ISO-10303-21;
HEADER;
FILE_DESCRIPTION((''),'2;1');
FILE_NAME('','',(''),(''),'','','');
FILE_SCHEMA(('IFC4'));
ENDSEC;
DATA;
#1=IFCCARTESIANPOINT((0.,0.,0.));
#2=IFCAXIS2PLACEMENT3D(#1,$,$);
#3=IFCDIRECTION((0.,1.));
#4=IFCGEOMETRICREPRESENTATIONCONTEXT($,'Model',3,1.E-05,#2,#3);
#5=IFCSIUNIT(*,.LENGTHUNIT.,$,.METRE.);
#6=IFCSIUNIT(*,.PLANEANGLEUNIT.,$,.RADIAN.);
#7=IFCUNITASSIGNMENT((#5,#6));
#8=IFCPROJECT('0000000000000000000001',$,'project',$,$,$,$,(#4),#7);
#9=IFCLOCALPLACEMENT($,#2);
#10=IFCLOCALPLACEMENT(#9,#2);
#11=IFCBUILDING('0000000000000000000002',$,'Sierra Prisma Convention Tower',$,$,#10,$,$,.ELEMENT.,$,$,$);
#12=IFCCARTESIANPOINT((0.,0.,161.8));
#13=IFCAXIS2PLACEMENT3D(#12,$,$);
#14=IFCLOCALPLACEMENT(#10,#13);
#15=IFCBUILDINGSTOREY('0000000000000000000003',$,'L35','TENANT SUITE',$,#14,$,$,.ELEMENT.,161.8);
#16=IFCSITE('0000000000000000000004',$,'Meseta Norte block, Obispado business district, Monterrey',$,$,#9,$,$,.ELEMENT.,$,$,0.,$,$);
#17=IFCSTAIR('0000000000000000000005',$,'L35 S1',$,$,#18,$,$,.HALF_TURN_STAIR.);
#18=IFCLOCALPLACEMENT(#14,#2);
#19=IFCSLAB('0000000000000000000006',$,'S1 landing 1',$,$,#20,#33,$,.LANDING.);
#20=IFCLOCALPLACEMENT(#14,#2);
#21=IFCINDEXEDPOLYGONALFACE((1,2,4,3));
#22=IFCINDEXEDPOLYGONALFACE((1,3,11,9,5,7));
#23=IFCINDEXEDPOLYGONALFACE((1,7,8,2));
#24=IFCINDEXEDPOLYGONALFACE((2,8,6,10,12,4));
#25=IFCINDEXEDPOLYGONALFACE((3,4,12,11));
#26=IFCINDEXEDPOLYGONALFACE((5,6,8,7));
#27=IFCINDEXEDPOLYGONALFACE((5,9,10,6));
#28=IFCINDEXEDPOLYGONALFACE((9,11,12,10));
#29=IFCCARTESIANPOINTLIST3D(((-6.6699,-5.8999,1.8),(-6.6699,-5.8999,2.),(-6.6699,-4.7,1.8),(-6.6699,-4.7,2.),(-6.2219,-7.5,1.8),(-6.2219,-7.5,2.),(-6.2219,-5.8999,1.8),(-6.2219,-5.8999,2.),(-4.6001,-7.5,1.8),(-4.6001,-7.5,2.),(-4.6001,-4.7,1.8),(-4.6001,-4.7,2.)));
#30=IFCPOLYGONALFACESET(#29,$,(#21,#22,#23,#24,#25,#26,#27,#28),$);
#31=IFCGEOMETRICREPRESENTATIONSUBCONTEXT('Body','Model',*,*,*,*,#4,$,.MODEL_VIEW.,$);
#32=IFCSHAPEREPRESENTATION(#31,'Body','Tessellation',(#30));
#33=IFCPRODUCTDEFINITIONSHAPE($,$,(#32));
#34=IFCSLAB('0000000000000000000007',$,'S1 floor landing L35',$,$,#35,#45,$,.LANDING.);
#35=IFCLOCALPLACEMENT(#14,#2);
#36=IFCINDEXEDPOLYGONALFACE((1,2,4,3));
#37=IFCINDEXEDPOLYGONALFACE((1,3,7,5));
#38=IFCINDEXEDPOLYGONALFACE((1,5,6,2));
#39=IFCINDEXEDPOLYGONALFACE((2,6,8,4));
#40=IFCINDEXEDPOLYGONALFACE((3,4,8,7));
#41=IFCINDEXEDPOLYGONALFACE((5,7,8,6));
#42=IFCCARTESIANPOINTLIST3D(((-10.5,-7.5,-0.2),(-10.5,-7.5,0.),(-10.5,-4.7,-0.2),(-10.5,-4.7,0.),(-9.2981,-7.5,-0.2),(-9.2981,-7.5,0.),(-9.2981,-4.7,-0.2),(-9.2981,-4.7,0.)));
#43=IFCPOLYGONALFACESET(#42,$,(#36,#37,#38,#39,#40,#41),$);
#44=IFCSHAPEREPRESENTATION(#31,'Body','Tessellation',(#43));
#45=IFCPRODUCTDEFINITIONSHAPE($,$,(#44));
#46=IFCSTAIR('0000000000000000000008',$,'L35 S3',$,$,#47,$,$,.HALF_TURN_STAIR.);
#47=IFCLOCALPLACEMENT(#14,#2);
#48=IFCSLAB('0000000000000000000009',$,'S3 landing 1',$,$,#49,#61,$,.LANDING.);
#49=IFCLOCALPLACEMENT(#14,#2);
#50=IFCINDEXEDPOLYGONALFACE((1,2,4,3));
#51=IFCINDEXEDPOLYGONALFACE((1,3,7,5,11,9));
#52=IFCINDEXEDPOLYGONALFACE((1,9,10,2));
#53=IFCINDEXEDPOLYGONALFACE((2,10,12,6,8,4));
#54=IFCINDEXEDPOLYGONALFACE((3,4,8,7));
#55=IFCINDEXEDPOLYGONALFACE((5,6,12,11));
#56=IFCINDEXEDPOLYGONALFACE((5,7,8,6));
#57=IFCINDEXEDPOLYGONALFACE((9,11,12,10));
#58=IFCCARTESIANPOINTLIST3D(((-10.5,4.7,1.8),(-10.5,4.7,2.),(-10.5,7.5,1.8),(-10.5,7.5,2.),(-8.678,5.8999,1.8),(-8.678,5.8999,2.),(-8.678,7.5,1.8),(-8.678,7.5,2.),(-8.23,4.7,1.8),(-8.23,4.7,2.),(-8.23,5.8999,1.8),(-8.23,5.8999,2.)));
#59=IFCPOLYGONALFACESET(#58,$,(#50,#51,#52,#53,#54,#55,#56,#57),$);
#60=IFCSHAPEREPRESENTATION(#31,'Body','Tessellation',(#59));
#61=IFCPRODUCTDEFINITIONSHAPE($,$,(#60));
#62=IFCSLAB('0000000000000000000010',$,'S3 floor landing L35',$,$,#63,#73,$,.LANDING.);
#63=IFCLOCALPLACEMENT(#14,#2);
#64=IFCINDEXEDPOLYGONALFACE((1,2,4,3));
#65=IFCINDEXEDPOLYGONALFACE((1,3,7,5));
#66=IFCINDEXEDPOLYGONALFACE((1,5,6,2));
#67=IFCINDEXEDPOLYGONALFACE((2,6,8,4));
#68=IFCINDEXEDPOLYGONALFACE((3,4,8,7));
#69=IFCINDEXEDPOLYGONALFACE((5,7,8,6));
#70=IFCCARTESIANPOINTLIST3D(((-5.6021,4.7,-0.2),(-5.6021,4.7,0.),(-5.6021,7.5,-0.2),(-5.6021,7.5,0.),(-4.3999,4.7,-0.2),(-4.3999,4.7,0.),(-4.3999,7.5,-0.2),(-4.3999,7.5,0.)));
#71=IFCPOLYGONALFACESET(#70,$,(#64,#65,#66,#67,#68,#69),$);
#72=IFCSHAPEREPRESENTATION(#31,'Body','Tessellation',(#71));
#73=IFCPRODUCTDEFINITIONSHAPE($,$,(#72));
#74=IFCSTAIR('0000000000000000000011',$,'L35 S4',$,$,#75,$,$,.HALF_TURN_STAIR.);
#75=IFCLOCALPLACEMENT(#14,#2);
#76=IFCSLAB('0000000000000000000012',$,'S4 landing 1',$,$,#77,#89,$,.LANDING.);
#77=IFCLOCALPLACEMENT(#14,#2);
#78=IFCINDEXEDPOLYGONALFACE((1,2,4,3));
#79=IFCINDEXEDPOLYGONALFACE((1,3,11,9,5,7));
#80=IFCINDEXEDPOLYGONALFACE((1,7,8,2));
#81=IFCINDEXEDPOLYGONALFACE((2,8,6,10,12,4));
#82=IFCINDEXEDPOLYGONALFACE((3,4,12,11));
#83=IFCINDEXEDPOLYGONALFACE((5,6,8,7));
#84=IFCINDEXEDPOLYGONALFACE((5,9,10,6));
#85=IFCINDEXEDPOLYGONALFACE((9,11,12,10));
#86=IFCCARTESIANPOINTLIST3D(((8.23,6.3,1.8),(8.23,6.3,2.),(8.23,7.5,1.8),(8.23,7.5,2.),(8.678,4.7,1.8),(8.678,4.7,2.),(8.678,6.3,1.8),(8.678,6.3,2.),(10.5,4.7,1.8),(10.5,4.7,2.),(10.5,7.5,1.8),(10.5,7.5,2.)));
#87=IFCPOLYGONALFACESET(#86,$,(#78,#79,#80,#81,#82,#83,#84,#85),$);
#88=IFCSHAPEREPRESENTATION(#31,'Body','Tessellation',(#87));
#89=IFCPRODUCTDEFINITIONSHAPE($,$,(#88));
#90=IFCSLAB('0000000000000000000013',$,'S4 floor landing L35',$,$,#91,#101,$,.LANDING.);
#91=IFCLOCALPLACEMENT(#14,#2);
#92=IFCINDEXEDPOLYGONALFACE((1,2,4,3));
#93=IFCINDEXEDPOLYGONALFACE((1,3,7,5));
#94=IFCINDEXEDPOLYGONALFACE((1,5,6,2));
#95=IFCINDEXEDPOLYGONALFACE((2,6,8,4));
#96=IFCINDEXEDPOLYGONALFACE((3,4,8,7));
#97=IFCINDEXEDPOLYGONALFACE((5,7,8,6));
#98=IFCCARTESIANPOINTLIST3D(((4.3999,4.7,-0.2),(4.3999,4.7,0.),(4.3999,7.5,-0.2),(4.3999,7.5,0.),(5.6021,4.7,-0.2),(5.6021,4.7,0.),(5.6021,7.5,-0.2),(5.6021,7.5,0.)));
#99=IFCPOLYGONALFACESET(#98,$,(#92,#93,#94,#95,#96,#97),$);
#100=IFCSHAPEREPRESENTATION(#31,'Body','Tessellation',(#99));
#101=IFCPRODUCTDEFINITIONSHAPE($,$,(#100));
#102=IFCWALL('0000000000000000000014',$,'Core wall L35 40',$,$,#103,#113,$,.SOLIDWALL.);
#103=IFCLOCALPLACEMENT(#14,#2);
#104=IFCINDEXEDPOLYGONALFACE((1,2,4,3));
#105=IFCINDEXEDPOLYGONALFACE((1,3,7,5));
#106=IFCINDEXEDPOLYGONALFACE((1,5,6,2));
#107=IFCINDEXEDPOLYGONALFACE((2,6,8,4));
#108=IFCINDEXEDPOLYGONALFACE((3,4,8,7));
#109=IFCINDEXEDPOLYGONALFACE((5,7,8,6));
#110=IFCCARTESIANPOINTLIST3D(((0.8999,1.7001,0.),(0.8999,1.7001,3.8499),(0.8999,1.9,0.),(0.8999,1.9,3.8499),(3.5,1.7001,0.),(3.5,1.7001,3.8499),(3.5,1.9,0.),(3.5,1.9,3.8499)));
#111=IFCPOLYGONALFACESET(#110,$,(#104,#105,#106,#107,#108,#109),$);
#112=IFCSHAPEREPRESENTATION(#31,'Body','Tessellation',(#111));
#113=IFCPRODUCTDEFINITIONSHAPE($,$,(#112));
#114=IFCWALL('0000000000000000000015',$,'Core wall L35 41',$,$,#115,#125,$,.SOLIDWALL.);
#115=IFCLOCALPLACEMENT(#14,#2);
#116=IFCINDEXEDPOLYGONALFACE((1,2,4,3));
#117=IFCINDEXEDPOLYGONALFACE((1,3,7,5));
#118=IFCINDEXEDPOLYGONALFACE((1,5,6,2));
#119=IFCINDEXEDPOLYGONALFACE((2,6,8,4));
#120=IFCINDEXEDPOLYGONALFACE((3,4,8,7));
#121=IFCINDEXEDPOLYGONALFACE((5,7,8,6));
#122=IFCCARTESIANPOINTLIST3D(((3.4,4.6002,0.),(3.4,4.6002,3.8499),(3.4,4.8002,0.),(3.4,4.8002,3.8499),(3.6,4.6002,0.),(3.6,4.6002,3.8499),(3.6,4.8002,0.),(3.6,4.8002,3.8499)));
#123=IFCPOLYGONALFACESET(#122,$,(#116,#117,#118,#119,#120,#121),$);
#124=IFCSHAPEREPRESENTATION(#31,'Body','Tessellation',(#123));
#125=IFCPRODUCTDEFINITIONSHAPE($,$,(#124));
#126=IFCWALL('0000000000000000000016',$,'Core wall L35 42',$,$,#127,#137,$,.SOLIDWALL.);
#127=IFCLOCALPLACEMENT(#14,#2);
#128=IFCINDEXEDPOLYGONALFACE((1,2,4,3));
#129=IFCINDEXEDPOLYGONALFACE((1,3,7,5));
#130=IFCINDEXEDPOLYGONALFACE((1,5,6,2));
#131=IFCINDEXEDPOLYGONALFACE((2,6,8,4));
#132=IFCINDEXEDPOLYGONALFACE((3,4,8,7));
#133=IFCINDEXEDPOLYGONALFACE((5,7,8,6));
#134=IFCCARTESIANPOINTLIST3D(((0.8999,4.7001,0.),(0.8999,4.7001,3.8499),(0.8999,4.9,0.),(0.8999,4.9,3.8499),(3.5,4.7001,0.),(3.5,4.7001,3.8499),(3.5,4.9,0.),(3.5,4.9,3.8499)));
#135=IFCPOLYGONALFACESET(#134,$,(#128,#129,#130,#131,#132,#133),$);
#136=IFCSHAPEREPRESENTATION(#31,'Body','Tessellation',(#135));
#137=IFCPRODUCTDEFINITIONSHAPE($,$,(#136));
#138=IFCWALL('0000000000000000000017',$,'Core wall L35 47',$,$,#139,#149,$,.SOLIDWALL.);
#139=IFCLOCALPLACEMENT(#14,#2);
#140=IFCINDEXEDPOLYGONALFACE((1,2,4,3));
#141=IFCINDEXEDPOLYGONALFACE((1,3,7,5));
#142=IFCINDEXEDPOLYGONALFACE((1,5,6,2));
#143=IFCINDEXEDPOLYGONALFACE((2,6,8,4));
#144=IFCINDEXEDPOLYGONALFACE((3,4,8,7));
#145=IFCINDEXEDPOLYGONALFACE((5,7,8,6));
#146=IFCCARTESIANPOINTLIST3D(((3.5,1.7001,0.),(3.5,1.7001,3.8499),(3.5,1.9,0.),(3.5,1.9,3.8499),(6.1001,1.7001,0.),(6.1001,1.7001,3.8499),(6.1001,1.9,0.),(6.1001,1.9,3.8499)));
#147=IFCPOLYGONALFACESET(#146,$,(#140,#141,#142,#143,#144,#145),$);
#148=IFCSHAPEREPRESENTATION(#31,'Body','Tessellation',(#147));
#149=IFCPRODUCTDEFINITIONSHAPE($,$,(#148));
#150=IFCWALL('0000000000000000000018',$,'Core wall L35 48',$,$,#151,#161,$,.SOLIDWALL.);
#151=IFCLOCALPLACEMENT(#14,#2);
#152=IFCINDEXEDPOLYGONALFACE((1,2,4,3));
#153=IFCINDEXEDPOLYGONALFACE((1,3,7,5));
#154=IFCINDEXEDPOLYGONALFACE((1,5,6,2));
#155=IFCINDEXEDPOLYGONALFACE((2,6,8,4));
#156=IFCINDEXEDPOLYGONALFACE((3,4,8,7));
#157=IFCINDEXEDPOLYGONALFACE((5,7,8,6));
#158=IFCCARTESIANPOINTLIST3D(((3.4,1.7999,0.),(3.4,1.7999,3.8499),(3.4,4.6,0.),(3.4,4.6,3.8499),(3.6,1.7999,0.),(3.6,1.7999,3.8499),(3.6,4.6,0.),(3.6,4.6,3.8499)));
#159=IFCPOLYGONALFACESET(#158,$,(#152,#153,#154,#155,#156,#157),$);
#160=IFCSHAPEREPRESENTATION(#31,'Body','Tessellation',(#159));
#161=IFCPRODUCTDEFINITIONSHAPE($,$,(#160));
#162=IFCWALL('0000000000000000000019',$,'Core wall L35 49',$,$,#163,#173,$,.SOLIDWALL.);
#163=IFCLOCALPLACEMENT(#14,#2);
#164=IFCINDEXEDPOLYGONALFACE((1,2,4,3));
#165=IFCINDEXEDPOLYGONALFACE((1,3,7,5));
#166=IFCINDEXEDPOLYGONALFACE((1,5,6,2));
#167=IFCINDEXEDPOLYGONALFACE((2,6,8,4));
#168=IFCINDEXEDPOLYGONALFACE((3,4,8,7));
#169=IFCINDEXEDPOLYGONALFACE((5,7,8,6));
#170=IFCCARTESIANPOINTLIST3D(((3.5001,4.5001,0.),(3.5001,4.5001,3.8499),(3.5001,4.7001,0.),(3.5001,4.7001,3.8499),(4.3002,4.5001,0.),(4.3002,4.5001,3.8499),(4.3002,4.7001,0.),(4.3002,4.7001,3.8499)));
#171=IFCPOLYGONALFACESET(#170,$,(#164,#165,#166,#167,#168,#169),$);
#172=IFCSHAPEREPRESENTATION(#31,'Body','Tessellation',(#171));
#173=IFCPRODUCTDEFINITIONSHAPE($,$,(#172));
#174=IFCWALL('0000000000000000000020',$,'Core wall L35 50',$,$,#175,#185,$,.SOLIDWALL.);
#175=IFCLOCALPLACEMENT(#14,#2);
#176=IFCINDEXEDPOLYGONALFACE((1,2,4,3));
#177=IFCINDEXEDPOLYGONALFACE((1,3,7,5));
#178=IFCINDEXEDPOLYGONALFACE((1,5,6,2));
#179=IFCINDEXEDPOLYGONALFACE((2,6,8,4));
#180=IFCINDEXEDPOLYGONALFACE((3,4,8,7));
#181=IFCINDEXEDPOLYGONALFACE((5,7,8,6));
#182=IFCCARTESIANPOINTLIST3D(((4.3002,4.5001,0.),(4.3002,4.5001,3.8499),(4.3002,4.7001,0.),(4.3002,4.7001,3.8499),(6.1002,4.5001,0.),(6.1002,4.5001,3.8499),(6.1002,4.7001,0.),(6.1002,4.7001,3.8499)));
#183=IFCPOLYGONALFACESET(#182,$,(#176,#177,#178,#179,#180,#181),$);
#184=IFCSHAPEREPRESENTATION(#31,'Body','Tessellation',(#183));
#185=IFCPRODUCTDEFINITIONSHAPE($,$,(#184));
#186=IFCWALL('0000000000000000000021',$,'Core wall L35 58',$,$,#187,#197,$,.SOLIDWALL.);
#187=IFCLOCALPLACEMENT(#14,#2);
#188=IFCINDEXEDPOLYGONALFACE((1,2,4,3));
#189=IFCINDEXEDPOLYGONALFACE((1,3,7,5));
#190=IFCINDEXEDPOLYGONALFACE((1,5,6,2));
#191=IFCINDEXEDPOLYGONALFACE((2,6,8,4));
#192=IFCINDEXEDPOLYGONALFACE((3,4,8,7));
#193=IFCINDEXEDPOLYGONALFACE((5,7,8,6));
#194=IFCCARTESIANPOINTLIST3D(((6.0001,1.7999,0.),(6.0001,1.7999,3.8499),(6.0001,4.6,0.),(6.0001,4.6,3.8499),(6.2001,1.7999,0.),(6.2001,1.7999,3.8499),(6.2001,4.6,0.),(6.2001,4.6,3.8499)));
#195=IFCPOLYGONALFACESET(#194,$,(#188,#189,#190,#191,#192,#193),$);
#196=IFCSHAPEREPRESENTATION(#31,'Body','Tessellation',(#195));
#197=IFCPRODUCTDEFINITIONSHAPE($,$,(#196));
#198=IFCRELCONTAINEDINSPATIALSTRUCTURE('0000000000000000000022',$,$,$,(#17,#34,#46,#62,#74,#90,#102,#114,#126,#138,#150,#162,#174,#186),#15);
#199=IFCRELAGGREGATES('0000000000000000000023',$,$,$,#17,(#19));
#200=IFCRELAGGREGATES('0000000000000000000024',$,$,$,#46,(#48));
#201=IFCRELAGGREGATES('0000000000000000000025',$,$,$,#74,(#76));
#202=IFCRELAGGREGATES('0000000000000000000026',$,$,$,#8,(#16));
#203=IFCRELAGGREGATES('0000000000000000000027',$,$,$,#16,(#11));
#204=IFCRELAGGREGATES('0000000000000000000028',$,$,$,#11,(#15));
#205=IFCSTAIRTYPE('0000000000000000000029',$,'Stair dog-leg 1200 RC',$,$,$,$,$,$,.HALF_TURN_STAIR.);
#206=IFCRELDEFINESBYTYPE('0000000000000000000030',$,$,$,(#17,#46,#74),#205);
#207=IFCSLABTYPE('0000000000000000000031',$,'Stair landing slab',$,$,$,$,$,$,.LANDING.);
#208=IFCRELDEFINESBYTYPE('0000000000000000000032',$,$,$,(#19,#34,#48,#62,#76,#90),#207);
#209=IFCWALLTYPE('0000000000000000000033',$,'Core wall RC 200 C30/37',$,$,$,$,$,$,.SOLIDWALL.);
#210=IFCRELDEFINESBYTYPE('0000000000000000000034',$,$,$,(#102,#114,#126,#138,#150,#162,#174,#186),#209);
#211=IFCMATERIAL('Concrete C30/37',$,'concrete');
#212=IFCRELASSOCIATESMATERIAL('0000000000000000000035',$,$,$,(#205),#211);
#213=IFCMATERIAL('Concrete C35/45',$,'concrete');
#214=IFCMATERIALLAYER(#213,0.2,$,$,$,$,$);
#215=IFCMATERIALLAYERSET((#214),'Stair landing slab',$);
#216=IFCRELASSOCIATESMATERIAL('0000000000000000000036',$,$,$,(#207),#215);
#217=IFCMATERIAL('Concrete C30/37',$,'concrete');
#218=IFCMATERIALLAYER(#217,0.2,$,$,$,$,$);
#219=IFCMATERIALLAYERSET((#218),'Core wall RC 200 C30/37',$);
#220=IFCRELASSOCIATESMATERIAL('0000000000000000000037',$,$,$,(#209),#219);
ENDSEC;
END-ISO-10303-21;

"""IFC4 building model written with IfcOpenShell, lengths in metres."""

from ifc_helpers import new_model, si_unit, direction, frame, frame_2d, origin, place, context, subcontext, project, spatial, polyline, rectangle, outline, extrude, material, layer, layer_set, type_object, element, aggregate, save


model = new_model("IFC4")

# Units and contexts
model_context = context("Model", 3, precision=1e-05, world=origin(), true_north=direction((0.0, 1.0)))
body_context = subcontext(model_context, "Body", "Model", "MODEL_VIEW")
ifc_project = project(units=[si_unit("LENGTHUNIT", "METRE"), si_unit("PLANEANGLEUNIT", "RADIAN")], contexts=[model_context])

# Site, building, storey
site_placement = place(None, origin())
site = spatial("IfcSite", under=ifc_project, at=site_placement, Name="Meseta Norte block, Obispado business district, Monterrey", CompositionType="ELEMENT", RefElevation=0.0)
building_placement = place(site_placement, origin())
building = spatial("IfcBuilding", under=site, at=building_placement, Name="Sierra Prisma Convention Tower", CompositionType="ELEMENT")
storey_placement = place(building_placement, frame((0.0, 0.0, 161.8)))
storey = spatial("IfcBuildingStorey", under=building, at=storey_placement, Name="L35", Description="TENANT SUITE", CompositionType="ELEMENT", Elevation=161.8)

# Stair, slab
ifc_material_1 = material(Name="Concrete C30/37", Category="concrete")
stair_type = type_object("IfcStairType", Name="Stair dog-leg 1200 RC", PredefinedType="HALF_TURN_STAIR", material=ifc_material_1)
stair_1_placement = place(storey_placement, origin())
stair_1 = element("IfcStair", 1, at=stair_1_placement, inside=storey, type_object=stair_type, Name="L35 S1", PredefinedType="HALF_TURN_STAIR")
ifc_material_2 = material(Name="Concrete C35/45", Category="concrete")
ifc_layer_1 = layer(ifc_material_2, 0.2)
ifc_layer_set_1 = layer_set([ifc_layer_1], Name="Stair landing slab")
slab_type = type_object("IfcSlabType", Name="Stair landing slab", PredefinedType="LANDING", material=ifc_layer_set_1)
slab_1_placement = place(storey_placement, frame((0.0, 0.0, 1.8)))
slab_1 = element("IfcSlab", 2, at=slab_1_placement, type_object=slab_type, Name="S1 landing 1", PredefinedType="LANDING", context=body_context, shape_type="SweptSolid", body=[
    extrude(outline(polyline([(-4.6001, -4.7), (-4.6001, -7.5), (-6.2219, -7.5), (-6.2219, -5.8999), (-6.6699, -5.8999), (-6.6699, -4.7), (-4.6001, -4.7)])), origin(), (0.0, 0.0, 1.0), 0.2),
])
aggregate(stair_1, [slab_1])

# Slab
slab_2_placement = place(storey_placement, frame((0.0, 0.0, -0.2)))
element("IfcSlab", 3, at=slab_2_placement, inside=storey, type_object=slab_type, Name="S1 floor landing L35", PredefinedType="LANDING", context=body_context, shape_type="SweptSolid", body=[
    extrude(outline(polyline([(-10.5, -7.5), (-9.2981, -7.5), (-9.2981, -4.7), (-10.5, -4.7), (-10.5, -7.5)])), origin(), (0.0, 0.0, 1.0), 0.2),
])

# Stair, slab
stair_2_placement = place(storey_placement, origin())
stair_2 = element("IfcStair", 4, at=stair_2_placement, inside=storey, type_object=stair_type, Name="L35 S3", PredefinedType="HALF_TURN_STAIR")
slab_3_placement = place(storey_placement, frame((0.0, 0.0, 1.8)))
slab_3 = element("IfcSlab", 5, at=slab_3_placement, type_object=slab_type, Name="S3 landing 1", PredefinedType="LANDING", context=body_context, shape_type="SweptSolid", body=[
    extrude(outline(polyline([(-8.23, 5.8999), (-8.23, 4.7), (-10.5, 4.7), (-10.5, 7.5), (-8.678, 7.5), (-8.678, 5.8999), (-8.23, 5.8999)])), origin(), (0.0, 0.0, 1.0), 0.2),
])
aggregate(stair_2, [slab_3])

# Slab
slab_4_placement = place(storey_placement, frame((0.0, 0.0, -0.2)))
element("IfcSlab", 6, at=slab_4_placement, inside=storey, type_object=slab_type, Name="S3 floor landing L35", PredefinedType="LANDING", context=body_context, shape_type="SweptSolid", body=[
    extrude(outline(polyline([(-4.3999, 7.5), (-5.6021, 7.5), (-5.6021, 4.7), (-4.3999, 4.7), (-4.3999, 7.5)])), origin(), (0.0, 0.0, 1.0), 0.2),
])

# Stair, slab
stair_3_placement = place(storey_placement, origin())
stair_3 = element("IfcStair", 7, at=stair_3_placement, inside=storey, type_object=stair_type, Name="L35 S4", PredefinedType="HALF_TURN_STAIR")
slab_5_placement = place(storey_placement, frame((0.0, 0.0, 1.8)))
slab_5 = element("IfcSlab", 8, at=slab_5_placement, type_object=slab_type, Name="S4 landing 1", PredefinedType="LANDING", context=body_context, shape_type="SweptSolid", body=[
    extrude(outline(polyline([(10.5, 7.5), (10.5, 4.7), (8.678, 4.7), (8.678, 6.3), (8.23, 6.3), (8.23, 7.5), (10.5, 7.5)])), origin(), (0.0, 0.0, 1.0), 0.2),
])

# Slab
slab_6_placement = place(storey_placement, frame((0.0, 0.0, -0.2)))
element("IfcSlab", 9, at=slab_6_placement, inside=storey, type_object=slab_type, Name="S4 floor landing L35", PredefinedType="LANDING", context=body_context, shape_type="SweptSolid", body=[
    extrude(outline(polyline([(4.3999, 4.7), (5.6021, 4.7), (5.6021, 7.5), (4.3999, 7.5), (4.3999, 4.7)])), origin(), (0.0, 0.0, 1.0), 0.2),
])

# Shared definitions
ifc_material_3 = material(Name="Concrete C30/37", Category="concrete")
ifc_layer_2 = layer(ifc_material_3, 0.2)
ifc_layer_set_2 = layer_set([ifc_layer_2], Name="Core wall RC 200 C30/37")
wall_type = type_object("IfcWallType", Name="Core wall RC 200 C30/37", PredefinedType="SOLIDWALL", material=ifc_layer_set_2)

# Walls
wall_1_placement = place(storey_placement, frame((3.5, 1.8, 0.0), z_axis=(0.0, 0.0, 1.0), x_axis=(-1.0, 0.0, 0.0)))
element("IfcWall", 10, at=wall_1_placement, inside=storey, type_object=wall_type, Name="Core wall L35 40", PredefinedType="SOLIDWALL", context=body_context, shape_type="SweptSolid", body=[
    extrude(rectangle(XDim=2.6001, YDim=0.2, at=frame_2d((1.3, 0.0))), origin(), (0.0, 0.0, 1.0), 3.8499),
])
wall_2_placement = place(storey_placement, frame((3.5, 4.6001, 0.0), z_axis=(0.0, 0.0, 1.0), x_axis=(0.0, 1.0, 0.0)))
element("IfcWall", 11, at=wall_2_placement, inside=storey, type_object=wall_type, Name="Core wall L35 41", PredefinedType="SOLIDWALL", context=body_context, shape_type="SweptSolid", body=[
    extrude(rectangle(XDim=0.2, YDim=0.2, at=frame_2d((0.1001, 0.0))), origin(), (0.0, 0.0, 1.0), 3.8499),
])
wall_3_placement = place(storey_placement, frame((3.5, 4.8, 0.0), z_axis=(0.0, 0.0, 1.0), x_axis=(-1.0, 0.0, 0.0)))
element("IfcWall", 12, at=wall_3_placement, inside=storey, type_object=wall_type, Name="Core wall L35 42", PredefinedType="SOLIDWALL", context=body_context, shape_type="SweptSolid", body=[
    extrude(rectangle(XDim=2.6001, YDim=0.2, at=frame_2d((1.3, 0.0))), origin(), (0.0, 0.0, 1.0), 3.8499),
])

# Walls
wall_4_placement = place(storey_placement, frame((6.1001, 1.8, 0.0), z_axis=(0.0, 0.0, 1.0), x_axis=(-1.0, 0.0, 0.0)))
element("IfcWall", 13, at=wall_4_placement, inside=storey, type_object=wall_type, Name="Core wall L35 47", PredefinedType="SOLIDWALL", context=body_context, shape_type="SweptSolid", body=[
    extrude(rectangle(XDim=2.6001, YDim=0.2, at=frame_2d((1.3, 0.0))), origin(), (0.0, 0.0, 1.0), 3.8499),
])
wall_5_placement = place(storey_placement, frame((3.5, 1.8, 0.0), z_axis=(0.0, 0.0, 1.0), x_axis=(0.0, 1.0, 0.0)))
element("IfcWall", 14, at=wall_5_placement, inside=storey, type_object=wall_type, Name="Core wall L35 48", PredefinedType="SOLIDWALL", context=body_context, shape_type="SweptSolid", body=[
    extrude(rectangle(XDim=2.8, YDim=0.2, at=frame_2d((1.3999, 0.0))), origin(), (0.0, 0.0, 1.0), 3.8499),
])
wall_6_placement = place(storey_placement, frame((4.3, 4.6001, 0.0), z_axis=(0.0, 0.0, 1.0), x_axis=(-1.0, 0.0, 0.0)))
element("IfcWall", 15, at=wall_6_placement, inside=storey, type_object=wall_type, Name="Core wall L35 49", PredefinedType="SOLIDWALL", context=body_context, shape_type="SweptSolid", body=[
    extrude(rectangle(XDim=0.8, YDim=0.2, at=frame_2d((0.3999, 0.0))), origin(), (0.0, 0.0, 1.0), 3.8499),
])
wall_7_placement = place(storey_placement, frame((6.1001, 4.6001, 0.0), z_axis=(0.0, 0.0, 1.0), x_axis=(-1.0, 0.0, 0.0)))
element("IfcWall", 16, at=wall_7_placement, inside=storey, type_object=wall_type, Name="Core wall L35 50", PredefinedType="SOLIDWALL", context=body_context, shape_type="SweptSolid", body=[
    extrude(rectangle(XDim=1.8, YDim=0.2, at=frame_2d((0.8999, 0.0))), origin(), (0.0, 0.0, 1.0), 3.8499),
])

# Wall
wall_8_placement = place(storey_placement, frame((6.1001, 1.8, 0.0), z_axis=(0.0, 0.0, 1.0), x_axis=(0.0, 1.0, 0.0)))
element("IfcWall", 17, at=wall_8_placement, inside=storey, type_object=wall_type, Name="Core wall L35 58", PredefinedType="SOLIDWALL", context=body_context, shape_type="SweptSolid", body=[
    extrude(rectangle(XDim=2.8, YDim=0.2, at=frame_2d((1.3999, 0.0))), origin(), (0.0, 0.0, 1.0), 3.8499),
])

aggregate(stair_3, [slab_5])

save(model, "model.ifc")
